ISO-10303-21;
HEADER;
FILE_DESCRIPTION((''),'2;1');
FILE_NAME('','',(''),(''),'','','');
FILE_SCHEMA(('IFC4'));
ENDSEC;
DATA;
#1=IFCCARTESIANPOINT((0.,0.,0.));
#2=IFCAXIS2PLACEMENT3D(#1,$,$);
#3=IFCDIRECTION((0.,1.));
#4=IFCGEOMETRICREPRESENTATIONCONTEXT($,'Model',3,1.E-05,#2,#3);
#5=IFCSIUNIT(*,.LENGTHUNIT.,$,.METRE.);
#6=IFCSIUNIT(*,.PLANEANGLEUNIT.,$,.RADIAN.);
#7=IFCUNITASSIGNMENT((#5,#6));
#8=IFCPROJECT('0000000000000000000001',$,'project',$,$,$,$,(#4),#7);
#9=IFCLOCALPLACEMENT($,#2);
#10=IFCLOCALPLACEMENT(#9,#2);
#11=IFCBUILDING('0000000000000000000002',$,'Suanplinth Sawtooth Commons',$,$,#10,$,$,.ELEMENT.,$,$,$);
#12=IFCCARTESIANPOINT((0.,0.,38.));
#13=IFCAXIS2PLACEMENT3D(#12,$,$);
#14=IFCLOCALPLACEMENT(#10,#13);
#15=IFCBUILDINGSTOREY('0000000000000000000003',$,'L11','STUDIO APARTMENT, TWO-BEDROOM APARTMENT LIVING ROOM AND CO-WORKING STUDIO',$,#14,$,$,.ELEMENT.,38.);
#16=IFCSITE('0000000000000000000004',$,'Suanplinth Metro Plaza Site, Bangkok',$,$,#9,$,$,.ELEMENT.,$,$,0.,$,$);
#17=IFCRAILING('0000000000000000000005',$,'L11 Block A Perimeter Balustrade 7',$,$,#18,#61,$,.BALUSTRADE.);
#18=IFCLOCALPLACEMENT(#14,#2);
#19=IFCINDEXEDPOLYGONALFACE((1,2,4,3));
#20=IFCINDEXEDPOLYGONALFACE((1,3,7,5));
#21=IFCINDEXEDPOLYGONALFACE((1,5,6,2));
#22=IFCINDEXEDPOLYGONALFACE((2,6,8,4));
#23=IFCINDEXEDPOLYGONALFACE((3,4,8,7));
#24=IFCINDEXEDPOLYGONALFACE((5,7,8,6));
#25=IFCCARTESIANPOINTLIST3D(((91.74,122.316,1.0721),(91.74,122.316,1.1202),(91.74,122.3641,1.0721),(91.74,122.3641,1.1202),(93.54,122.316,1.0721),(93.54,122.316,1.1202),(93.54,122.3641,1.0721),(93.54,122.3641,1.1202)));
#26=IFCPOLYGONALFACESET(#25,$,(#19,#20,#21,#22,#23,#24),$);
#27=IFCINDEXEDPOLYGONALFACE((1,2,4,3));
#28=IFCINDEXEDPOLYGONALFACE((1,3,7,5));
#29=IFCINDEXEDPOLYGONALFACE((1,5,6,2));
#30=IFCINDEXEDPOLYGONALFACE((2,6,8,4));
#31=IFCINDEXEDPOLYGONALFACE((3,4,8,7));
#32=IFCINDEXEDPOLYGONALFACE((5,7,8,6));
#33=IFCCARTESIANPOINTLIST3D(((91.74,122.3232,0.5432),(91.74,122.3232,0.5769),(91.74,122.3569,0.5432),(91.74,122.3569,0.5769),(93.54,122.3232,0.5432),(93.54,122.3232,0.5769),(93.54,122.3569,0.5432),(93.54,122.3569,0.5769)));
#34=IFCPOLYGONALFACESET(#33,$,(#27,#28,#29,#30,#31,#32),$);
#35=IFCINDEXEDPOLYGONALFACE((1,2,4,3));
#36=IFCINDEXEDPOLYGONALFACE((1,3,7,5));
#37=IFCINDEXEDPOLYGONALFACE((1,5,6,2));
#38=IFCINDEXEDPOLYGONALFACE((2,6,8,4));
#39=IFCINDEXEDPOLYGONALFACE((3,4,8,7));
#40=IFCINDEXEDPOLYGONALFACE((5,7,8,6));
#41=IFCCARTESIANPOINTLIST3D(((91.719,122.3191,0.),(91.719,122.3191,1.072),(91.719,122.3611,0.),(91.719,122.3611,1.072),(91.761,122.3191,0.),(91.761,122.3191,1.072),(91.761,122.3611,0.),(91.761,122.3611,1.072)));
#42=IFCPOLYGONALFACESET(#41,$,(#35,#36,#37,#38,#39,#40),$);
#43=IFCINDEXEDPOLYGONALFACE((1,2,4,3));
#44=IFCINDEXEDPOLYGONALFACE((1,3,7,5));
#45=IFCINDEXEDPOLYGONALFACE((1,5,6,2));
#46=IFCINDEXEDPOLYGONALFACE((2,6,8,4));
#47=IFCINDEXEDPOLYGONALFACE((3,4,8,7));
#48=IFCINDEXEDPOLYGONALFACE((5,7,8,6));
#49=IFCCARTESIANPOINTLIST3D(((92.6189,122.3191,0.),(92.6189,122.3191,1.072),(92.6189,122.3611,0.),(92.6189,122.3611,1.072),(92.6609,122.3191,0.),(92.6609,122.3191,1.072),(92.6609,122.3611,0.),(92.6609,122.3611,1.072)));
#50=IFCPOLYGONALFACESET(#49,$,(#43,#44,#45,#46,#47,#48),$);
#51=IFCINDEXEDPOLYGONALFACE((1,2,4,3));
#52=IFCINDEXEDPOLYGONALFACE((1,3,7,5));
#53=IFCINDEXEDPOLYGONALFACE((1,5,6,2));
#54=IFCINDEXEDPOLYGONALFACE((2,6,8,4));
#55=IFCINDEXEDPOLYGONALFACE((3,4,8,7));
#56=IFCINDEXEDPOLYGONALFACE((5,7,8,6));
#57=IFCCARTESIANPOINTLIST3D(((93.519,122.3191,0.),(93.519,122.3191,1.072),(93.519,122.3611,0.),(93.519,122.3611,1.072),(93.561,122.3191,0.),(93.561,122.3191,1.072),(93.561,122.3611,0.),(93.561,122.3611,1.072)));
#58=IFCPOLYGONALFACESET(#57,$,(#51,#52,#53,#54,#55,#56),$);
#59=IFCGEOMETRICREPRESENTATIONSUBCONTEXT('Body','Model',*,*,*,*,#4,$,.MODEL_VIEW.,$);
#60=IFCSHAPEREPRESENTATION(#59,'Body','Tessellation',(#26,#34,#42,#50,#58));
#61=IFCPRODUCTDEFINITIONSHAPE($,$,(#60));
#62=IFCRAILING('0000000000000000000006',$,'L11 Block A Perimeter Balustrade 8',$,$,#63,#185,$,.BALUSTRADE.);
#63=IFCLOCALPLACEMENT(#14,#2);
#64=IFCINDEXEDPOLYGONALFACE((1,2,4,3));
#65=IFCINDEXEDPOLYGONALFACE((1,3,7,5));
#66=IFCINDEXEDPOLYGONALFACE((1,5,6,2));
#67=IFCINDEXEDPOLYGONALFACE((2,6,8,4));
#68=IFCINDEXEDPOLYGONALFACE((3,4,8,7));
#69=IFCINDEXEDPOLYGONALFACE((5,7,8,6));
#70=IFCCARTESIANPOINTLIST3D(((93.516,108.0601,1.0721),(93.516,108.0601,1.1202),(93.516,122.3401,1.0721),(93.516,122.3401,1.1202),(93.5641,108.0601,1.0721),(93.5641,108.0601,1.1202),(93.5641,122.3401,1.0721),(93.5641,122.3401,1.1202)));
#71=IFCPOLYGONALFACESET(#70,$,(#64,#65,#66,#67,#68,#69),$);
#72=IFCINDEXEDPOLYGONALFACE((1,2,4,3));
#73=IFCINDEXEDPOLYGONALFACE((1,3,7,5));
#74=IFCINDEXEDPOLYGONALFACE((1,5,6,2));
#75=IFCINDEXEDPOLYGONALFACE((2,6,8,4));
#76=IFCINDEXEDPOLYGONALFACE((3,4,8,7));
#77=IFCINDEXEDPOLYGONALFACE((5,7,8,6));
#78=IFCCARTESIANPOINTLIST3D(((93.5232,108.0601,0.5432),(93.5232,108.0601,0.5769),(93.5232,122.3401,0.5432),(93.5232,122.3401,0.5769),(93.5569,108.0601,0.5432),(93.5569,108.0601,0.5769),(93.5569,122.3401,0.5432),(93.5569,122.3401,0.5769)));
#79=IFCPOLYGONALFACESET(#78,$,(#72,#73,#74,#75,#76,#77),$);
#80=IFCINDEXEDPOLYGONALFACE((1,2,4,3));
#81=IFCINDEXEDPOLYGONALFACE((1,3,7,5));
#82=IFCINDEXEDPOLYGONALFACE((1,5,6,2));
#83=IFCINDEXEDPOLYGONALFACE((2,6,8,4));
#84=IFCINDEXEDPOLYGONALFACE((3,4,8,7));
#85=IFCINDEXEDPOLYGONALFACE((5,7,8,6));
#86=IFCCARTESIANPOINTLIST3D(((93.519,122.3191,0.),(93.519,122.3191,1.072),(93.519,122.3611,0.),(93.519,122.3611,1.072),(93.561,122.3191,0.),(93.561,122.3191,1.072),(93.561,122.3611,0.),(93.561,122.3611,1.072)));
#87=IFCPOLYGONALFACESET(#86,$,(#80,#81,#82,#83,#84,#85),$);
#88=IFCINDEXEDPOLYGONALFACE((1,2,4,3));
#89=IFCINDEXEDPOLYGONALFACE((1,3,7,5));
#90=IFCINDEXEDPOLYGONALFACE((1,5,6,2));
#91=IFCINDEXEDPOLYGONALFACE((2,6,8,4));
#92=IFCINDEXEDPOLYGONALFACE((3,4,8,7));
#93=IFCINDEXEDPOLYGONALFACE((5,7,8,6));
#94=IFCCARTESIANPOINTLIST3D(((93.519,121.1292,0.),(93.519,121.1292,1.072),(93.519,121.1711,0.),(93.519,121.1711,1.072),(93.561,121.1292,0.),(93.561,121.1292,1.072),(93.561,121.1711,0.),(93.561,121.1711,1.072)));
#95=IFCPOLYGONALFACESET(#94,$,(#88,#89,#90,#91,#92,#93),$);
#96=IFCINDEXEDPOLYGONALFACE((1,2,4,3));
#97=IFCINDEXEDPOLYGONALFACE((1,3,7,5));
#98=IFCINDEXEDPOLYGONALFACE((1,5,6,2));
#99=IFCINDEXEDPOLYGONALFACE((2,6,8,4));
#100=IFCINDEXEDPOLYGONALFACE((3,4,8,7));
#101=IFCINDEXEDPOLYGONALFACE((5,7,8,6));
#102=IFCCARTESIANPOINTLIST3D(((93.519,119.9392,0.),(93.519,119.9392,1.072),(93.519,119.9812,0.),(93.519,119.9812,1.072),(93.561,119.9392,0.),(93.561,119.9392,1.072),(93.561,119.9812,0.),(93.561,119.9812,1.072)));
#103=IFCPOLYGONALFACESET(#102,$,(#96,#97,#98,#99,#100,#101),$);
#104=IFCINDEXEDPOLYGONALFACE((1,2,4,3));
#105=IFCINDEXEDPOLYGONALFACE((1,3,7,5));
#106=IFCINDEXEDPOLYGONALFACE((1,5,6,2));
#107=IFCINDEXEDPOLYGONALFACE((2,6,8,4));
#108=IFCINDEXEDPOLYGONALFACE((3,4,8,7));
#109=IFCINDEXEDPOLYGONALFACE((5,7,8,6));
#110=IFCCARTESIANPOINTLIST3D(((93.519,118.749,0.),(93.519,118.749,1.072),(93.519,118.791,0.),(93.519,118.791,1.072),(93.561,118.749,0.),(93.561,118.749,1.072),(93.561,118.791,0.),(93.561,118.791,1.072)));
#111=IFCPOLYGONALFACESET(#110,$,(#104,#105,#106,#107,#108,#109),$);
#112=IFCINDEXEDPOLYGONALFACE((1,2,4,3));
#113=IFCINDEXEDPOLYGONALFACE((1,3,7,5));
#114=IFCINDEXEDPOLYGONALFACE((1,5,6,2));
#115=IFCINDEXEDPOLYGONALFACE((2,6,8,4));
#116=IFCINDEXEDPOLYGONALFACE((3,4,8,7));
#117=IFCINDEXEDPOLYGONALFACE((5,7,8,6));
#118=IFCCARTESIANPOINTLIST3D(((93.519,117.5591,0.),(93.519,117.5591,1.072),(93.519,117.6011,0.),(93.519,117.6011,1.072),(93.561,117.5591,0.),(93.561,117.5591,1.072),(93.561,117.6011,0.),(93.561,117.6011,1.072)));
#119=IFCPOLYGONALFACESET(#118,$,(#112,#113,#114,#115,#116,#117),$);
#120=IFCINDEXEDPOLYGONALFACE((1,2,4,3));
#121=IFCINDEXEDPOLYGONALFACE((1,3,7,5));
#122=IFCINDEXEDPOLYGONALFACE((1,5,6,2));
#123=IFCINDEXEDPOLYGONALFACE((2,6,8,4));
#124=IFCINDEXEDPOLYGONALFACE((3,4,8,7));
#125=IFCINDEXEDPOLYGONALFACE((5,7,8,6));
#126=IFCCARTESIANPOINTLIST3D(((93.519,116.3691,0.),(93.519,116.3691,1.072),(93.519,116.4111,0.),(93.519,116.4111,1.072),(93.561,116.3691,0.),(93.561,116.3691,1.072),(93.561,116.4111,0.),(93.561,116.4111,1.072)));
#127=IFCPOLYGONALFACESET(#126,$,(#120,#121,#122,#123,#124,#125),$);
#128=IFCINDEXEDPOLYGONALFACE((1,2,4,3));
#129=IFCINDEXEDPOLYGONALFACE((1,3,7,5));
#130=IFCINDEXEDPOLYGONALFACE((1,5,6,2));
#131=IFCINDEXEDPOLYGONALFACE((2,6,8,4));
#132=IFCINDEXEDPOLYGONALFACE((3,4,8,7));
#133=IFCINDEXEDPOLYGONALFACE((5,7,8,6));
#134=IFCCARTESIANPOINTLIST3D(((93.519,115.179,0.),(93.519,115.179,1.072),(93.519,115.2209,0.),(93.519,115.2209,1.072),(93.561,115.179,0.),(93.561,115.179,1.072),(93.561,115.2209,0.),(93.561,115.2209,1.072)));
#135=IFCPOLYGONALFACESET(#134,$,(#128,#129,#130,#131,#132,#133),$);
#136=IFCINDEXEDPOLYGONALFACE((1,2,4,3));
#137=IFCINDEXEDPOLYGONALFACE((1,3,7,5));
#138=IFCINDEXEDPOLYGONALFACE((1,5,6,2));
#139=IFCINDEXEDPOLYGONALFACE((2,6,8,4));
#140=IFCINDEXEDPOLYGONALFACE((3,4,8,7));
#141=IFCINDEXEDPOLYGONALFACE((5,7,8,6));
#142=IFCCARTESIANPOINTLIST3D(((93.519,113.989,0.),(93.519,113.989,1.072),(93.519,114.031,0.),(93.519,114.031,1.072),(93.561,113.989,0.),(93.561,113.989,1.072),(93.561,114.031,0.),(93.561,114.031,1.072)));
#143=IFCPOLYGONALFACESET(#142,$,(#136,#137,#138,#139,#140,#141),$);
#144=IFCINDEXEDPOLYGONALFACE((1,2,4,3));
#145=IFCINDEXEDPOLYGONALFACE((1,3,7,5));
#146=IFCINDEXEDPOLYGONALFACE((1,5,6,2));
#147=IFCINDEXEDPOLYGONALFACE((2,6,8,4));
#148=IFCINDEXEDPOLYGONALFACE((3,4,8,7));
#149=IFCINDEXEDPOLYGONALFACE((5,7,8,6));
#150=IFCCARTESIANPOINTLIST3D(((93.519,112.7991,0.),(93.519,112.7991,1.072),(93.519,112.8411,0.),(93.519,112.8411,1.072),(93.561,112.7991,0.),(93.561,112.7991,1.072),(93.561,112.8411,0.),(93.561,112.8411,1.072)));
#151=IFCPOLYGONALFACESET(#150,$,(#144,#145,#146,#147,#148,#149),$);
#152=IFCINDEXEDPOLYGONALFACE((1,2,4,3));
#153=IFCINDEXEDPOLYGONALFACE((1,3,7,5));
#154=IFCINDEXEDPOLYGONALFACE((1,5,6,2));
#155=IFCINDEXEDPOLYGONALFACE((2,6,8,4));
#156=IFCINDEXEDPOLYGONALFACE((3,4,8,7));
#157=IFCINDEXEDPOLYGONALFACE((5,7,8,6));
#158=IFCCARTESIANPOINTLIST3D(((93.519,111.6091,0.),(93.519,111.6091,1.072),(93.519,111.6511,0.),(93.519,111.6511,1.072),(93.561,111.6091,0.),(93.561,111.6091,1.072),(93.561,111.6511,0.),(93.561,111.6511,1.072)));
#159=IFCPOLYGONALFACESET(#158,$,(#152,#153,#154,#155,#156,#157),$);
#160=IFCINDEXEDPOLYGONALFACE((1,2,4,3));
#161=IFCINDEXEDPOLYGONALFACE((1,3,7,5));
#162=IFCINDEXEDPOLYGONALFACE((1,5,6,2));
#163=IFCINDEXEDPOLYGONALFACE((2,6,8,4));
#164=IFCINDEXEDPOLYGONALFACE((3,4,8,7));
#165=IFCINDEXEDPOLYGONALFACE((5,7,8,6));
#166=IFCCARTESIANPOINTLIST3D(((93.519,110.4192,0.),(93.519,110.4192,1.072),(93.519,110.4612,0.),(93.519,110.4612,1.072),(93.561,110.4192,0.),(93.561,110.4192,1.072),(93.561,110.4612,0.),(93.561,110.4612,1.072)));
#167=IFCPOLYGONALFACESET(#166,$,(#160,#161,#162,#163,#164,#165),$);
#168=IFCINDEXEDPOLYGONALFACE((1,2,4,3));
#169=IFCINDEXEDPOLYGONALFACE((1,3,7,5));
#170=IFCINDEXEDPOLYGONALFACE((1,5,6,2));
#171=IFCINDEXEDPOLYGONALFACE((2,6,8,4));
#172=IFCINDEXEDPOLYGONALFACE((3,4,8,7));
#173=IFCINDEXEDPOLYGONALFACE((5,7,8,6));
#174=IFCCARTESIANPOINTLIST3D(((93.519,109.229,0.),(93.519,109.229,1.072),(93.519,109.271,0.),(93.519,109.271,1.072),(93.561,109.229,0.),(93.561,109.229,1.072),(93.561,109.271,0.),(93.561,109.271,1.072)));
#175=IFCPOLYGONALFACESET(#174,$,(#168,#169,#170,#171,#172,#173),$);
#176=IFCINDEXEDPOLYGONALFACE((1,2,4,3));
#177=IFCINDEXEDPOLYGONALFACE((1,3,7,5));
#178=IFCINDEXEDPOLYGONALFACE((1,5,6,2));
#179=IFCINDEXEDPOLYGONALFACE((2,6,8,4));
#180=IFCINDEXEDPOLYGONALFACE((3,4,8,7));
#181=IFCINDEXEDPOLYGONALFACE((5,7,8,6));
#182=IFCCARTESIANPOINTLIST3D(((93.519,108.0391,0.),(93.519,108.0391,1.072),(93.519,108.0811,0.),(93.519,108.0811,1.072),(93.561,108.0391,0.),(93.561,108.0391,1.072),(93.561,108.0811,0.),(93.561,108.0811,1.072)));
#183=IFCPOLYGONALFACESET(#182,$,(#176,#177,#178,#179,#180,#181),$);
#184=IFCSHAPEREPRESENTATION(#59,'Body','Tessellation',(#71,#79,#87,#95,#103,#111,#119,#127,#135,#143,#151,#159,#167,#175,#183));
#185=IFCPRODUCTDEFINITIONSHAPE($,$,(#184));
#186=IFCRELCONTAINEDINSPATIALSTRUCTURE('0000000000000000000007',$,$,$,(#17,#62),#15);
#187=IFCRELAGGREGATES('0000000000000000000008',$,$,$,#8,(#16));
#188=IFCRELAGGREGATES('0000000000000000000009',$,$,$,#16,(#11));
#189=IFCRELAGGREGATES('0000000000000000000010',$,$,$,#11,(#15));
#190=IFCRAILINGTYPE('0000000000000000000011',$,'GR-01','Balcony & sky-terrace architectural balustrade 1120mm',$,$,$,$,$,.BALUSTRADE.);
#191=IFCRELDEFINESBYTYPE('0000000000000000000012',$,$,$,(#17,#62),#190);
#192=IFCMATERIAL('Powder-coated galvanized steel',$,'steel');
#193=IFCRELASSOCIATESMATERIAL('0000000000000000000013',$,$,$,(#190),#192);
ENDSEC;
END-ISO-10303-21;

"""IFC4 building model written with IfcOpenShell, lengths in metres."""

from ifc_helpers import new_model, si_unit, direction, frame, origin, origin_2d, place, context, subcontext, project, spatial, rectangle, extrude, material, type_object, element, save


model = new_model("IFC4")

# Units and contexts
model_context = context("Model", 3, precision=1e-05, world=origin(), true_north=direction((0.0, 1.0)))
body_context = subcontext(model_context, "Body", "Model", "MODEL_VIEW")
ifc_project = project(units=[si_unit("LENGTHUNIT", "METRE"), si_unit("PLANEANGLEUNIT", "RADIAN")], contexts=[model_context])

# Site, building, storey
site_placement = place(None, origin())
site = spatial("IfcSite", under=ifc_project, at=site_placement, Name="Suanplinth Metro Plaza Site, Bangkok", CompositionType="ELEMENT", RefElevation=0.0)
building_placement = place(site_placement, origin())
building = spatial("IfcBuilding", under=site, at=building_placement, Name="Suanplinth Sawtooth Commons", CompositionType="ELEMENT")
storey_placement = place(building_placement, frame((0.0, 0.0, 38.0)))
storey = spatial("IfcBuildingStorey", under=building, at=storey_placement, Name="L11", Description="STUDIO APARTMENT, TWO-BEDROOM APARTMENT LIVING ROOM AND CO-WORKING STUDIO", CompositionType="ELEMENT", Elevation=38.0)

# Railings
ifc_material_1 = material(Name="Powder-coated galvanized steel", Category="steel")
railing_type = type_object("IfcRailingType", Name="GR-01", Description="Balcony & sky-terrace architectural balustrade 1120mm", PredefinedType="BALUSTRADE", material=ifc_material_1)
railing_1_placement = place(storey_placement, frame((91.74, 122.3401, 0.0)))
element("IfcRailing", 1, at=railing_1_placement, inside=storey, type_object=railing_type, Name="L11 Block A Perimeter Balustrade 7", PredefinedType="BALUSTRADE", context=body_context, shape_type="SweptSolid", body=[
    extrude(rectangle(XDim=0.0481, YDim=0.0481, at=origin_2d()), frame((0.0, 0.0, 1.0962), z_axis=(1.0, 0.0, 0.0), x_axis=(0.0, 1.0, 0.0)), (0.0, 0.0, 1.0), 1.8),
    extrude(rectangle(XDim=0.0337, YDim=0.0337, at=origin_2d()), frame((0.0, 0.0, 0.5601), z_axis=(1.0, 0.0, 0.0), x_axis=(0.0, 1.0, 0.0)), (0.0, 0.0, 1.0), 1.8),
    extrude(rectangle(XDim=0.042, YDim=0.042, at=origin_2d()), origin(), (0.0, 0.0, 1.0), 1.072),
    extrude(rectangle(XDim=0.042, YDim=0.042, at=origin_2d()), frame((0.8999, 0.0, 0.0)), (0.0, 0.0, 1.0), 1.072),
    extrude(rectangle(XDim=0.042, YDim=0.042, at=origin_2d()), frame((1.8, 0.0, 0.0)), (0.0, 0.0, 1.0), 1.072),
])
railing_2_placement = place(storey_placement, frame((93.54, 122.3401, 0.0)))
element("IfcRailing", 2, at=railing_2_placement, inside=storey, type_object=railing_type, Name="L11 Block A Perimeter Balustrade 8", PredefinedType="BALUSTRADE", context=body_context, shape_type="SweptSolid", body=[
    extrude(rectangle(XDim=0.0481, YDim=0.0481, at=origin_2d()), frame((0.0, 0.0, 1.0962), z_axis=(0.0, -1.0, 0.0), x_axis=(1.0, 0.0, 0.0)), (0.0, 0.0, 1.0), 14.28),
    extrude(rectangle(XDim=0.0337, YDim=0.0337, at=origin_2d()), frame((0.0, 0.0, 0.5601), z_axis=(0.0, -1.0, 0.0), x_axis=(1.0, 0.0, 0.0)), (0.0, 0.0, 1.0), 14.28),
    extrude(rectangle(XDim=0.042, YDim=0.042, at=origin_2d()), origin(), (0.0, 0.0, 1.0), 1.072),
    extrude(rectangle(XDim=0.042, YDim=0.042, at=origin_2d()), frame((0.0, -1.1899, 0.0)), (0.0, 0.0, 1.0), 1.072),
    extrude(rectangle(XDim=0.042, YDim=0.042, at=origin_2d()), frame((0.0, -2.3799, 0.0)), (0.0, 0.0, 1.0), 1.072),
    extrude(rectangle(XDim=0.042, YDim=0.042, at=origin_2d()), frame((0.0, -3.5701, 0.0)), (0.0, 0.0, 1.0), 1.072),
    extrude(rectangle(XDim=0.042, YDim=0.042, at=origin_2d()), frame((0.0, -4.76, 0.0)), (0.0, 0.0, 1.0), 1.072),
    extrude(rectangle(XDim=0.042, YDim=0.042, at=origin_2d()), frame((0.0, -5.95, 0.0)), (0.0, 0.0, 1.0), 1.072),
    extrude(rectangle(XDim=0.042, YDim=0.042, at=origin_2d()), frame((0.0, -7.1401, 0.0)), (0.0, 0.0, 1.0), 1.072),
    extrude(rectangle(XDim=0.042, YDim=0.042, at=origin_2d()), frame((0.0, -8.3301, 0.0)), (0.0, 0.0, 1.0), 1.072),
    extrude(rectangle(XDim=0.042, YDim=0.042, at=origin_2d()), frame((0.0, -9.52, 0.0)), (0.0, 0.0, 1.0), 1.072),
    extrude(rectangle(XDim=0.042, YDim=0.042, at=origin_2d()), frame((0.0, -10.71, 0.0)), (0.0, 0.0, 1.0), 1.072),
    extrude(rectangle(XDim=0.042, YDim=0.042, at=origin_2d()), frame((0.0, -11.8999, 0.0)), (0.0, 0.0, 1.0), 1.072),
    extrude(rectangle(XDim=0.042, YDim=0.042, at=origin_2d()), frame((0.0, -13.0901, 0.0)), (0.0, 0.0, 1.0), 1.072),
    extrude(rectangle(XDim=0.042, YDim=0.042, at=origin_2d()), frame((0.0, -14.28, 0.0)), (0.0, 0.0, 1.0), 1.072),
])

save(model, "model.ifc")
